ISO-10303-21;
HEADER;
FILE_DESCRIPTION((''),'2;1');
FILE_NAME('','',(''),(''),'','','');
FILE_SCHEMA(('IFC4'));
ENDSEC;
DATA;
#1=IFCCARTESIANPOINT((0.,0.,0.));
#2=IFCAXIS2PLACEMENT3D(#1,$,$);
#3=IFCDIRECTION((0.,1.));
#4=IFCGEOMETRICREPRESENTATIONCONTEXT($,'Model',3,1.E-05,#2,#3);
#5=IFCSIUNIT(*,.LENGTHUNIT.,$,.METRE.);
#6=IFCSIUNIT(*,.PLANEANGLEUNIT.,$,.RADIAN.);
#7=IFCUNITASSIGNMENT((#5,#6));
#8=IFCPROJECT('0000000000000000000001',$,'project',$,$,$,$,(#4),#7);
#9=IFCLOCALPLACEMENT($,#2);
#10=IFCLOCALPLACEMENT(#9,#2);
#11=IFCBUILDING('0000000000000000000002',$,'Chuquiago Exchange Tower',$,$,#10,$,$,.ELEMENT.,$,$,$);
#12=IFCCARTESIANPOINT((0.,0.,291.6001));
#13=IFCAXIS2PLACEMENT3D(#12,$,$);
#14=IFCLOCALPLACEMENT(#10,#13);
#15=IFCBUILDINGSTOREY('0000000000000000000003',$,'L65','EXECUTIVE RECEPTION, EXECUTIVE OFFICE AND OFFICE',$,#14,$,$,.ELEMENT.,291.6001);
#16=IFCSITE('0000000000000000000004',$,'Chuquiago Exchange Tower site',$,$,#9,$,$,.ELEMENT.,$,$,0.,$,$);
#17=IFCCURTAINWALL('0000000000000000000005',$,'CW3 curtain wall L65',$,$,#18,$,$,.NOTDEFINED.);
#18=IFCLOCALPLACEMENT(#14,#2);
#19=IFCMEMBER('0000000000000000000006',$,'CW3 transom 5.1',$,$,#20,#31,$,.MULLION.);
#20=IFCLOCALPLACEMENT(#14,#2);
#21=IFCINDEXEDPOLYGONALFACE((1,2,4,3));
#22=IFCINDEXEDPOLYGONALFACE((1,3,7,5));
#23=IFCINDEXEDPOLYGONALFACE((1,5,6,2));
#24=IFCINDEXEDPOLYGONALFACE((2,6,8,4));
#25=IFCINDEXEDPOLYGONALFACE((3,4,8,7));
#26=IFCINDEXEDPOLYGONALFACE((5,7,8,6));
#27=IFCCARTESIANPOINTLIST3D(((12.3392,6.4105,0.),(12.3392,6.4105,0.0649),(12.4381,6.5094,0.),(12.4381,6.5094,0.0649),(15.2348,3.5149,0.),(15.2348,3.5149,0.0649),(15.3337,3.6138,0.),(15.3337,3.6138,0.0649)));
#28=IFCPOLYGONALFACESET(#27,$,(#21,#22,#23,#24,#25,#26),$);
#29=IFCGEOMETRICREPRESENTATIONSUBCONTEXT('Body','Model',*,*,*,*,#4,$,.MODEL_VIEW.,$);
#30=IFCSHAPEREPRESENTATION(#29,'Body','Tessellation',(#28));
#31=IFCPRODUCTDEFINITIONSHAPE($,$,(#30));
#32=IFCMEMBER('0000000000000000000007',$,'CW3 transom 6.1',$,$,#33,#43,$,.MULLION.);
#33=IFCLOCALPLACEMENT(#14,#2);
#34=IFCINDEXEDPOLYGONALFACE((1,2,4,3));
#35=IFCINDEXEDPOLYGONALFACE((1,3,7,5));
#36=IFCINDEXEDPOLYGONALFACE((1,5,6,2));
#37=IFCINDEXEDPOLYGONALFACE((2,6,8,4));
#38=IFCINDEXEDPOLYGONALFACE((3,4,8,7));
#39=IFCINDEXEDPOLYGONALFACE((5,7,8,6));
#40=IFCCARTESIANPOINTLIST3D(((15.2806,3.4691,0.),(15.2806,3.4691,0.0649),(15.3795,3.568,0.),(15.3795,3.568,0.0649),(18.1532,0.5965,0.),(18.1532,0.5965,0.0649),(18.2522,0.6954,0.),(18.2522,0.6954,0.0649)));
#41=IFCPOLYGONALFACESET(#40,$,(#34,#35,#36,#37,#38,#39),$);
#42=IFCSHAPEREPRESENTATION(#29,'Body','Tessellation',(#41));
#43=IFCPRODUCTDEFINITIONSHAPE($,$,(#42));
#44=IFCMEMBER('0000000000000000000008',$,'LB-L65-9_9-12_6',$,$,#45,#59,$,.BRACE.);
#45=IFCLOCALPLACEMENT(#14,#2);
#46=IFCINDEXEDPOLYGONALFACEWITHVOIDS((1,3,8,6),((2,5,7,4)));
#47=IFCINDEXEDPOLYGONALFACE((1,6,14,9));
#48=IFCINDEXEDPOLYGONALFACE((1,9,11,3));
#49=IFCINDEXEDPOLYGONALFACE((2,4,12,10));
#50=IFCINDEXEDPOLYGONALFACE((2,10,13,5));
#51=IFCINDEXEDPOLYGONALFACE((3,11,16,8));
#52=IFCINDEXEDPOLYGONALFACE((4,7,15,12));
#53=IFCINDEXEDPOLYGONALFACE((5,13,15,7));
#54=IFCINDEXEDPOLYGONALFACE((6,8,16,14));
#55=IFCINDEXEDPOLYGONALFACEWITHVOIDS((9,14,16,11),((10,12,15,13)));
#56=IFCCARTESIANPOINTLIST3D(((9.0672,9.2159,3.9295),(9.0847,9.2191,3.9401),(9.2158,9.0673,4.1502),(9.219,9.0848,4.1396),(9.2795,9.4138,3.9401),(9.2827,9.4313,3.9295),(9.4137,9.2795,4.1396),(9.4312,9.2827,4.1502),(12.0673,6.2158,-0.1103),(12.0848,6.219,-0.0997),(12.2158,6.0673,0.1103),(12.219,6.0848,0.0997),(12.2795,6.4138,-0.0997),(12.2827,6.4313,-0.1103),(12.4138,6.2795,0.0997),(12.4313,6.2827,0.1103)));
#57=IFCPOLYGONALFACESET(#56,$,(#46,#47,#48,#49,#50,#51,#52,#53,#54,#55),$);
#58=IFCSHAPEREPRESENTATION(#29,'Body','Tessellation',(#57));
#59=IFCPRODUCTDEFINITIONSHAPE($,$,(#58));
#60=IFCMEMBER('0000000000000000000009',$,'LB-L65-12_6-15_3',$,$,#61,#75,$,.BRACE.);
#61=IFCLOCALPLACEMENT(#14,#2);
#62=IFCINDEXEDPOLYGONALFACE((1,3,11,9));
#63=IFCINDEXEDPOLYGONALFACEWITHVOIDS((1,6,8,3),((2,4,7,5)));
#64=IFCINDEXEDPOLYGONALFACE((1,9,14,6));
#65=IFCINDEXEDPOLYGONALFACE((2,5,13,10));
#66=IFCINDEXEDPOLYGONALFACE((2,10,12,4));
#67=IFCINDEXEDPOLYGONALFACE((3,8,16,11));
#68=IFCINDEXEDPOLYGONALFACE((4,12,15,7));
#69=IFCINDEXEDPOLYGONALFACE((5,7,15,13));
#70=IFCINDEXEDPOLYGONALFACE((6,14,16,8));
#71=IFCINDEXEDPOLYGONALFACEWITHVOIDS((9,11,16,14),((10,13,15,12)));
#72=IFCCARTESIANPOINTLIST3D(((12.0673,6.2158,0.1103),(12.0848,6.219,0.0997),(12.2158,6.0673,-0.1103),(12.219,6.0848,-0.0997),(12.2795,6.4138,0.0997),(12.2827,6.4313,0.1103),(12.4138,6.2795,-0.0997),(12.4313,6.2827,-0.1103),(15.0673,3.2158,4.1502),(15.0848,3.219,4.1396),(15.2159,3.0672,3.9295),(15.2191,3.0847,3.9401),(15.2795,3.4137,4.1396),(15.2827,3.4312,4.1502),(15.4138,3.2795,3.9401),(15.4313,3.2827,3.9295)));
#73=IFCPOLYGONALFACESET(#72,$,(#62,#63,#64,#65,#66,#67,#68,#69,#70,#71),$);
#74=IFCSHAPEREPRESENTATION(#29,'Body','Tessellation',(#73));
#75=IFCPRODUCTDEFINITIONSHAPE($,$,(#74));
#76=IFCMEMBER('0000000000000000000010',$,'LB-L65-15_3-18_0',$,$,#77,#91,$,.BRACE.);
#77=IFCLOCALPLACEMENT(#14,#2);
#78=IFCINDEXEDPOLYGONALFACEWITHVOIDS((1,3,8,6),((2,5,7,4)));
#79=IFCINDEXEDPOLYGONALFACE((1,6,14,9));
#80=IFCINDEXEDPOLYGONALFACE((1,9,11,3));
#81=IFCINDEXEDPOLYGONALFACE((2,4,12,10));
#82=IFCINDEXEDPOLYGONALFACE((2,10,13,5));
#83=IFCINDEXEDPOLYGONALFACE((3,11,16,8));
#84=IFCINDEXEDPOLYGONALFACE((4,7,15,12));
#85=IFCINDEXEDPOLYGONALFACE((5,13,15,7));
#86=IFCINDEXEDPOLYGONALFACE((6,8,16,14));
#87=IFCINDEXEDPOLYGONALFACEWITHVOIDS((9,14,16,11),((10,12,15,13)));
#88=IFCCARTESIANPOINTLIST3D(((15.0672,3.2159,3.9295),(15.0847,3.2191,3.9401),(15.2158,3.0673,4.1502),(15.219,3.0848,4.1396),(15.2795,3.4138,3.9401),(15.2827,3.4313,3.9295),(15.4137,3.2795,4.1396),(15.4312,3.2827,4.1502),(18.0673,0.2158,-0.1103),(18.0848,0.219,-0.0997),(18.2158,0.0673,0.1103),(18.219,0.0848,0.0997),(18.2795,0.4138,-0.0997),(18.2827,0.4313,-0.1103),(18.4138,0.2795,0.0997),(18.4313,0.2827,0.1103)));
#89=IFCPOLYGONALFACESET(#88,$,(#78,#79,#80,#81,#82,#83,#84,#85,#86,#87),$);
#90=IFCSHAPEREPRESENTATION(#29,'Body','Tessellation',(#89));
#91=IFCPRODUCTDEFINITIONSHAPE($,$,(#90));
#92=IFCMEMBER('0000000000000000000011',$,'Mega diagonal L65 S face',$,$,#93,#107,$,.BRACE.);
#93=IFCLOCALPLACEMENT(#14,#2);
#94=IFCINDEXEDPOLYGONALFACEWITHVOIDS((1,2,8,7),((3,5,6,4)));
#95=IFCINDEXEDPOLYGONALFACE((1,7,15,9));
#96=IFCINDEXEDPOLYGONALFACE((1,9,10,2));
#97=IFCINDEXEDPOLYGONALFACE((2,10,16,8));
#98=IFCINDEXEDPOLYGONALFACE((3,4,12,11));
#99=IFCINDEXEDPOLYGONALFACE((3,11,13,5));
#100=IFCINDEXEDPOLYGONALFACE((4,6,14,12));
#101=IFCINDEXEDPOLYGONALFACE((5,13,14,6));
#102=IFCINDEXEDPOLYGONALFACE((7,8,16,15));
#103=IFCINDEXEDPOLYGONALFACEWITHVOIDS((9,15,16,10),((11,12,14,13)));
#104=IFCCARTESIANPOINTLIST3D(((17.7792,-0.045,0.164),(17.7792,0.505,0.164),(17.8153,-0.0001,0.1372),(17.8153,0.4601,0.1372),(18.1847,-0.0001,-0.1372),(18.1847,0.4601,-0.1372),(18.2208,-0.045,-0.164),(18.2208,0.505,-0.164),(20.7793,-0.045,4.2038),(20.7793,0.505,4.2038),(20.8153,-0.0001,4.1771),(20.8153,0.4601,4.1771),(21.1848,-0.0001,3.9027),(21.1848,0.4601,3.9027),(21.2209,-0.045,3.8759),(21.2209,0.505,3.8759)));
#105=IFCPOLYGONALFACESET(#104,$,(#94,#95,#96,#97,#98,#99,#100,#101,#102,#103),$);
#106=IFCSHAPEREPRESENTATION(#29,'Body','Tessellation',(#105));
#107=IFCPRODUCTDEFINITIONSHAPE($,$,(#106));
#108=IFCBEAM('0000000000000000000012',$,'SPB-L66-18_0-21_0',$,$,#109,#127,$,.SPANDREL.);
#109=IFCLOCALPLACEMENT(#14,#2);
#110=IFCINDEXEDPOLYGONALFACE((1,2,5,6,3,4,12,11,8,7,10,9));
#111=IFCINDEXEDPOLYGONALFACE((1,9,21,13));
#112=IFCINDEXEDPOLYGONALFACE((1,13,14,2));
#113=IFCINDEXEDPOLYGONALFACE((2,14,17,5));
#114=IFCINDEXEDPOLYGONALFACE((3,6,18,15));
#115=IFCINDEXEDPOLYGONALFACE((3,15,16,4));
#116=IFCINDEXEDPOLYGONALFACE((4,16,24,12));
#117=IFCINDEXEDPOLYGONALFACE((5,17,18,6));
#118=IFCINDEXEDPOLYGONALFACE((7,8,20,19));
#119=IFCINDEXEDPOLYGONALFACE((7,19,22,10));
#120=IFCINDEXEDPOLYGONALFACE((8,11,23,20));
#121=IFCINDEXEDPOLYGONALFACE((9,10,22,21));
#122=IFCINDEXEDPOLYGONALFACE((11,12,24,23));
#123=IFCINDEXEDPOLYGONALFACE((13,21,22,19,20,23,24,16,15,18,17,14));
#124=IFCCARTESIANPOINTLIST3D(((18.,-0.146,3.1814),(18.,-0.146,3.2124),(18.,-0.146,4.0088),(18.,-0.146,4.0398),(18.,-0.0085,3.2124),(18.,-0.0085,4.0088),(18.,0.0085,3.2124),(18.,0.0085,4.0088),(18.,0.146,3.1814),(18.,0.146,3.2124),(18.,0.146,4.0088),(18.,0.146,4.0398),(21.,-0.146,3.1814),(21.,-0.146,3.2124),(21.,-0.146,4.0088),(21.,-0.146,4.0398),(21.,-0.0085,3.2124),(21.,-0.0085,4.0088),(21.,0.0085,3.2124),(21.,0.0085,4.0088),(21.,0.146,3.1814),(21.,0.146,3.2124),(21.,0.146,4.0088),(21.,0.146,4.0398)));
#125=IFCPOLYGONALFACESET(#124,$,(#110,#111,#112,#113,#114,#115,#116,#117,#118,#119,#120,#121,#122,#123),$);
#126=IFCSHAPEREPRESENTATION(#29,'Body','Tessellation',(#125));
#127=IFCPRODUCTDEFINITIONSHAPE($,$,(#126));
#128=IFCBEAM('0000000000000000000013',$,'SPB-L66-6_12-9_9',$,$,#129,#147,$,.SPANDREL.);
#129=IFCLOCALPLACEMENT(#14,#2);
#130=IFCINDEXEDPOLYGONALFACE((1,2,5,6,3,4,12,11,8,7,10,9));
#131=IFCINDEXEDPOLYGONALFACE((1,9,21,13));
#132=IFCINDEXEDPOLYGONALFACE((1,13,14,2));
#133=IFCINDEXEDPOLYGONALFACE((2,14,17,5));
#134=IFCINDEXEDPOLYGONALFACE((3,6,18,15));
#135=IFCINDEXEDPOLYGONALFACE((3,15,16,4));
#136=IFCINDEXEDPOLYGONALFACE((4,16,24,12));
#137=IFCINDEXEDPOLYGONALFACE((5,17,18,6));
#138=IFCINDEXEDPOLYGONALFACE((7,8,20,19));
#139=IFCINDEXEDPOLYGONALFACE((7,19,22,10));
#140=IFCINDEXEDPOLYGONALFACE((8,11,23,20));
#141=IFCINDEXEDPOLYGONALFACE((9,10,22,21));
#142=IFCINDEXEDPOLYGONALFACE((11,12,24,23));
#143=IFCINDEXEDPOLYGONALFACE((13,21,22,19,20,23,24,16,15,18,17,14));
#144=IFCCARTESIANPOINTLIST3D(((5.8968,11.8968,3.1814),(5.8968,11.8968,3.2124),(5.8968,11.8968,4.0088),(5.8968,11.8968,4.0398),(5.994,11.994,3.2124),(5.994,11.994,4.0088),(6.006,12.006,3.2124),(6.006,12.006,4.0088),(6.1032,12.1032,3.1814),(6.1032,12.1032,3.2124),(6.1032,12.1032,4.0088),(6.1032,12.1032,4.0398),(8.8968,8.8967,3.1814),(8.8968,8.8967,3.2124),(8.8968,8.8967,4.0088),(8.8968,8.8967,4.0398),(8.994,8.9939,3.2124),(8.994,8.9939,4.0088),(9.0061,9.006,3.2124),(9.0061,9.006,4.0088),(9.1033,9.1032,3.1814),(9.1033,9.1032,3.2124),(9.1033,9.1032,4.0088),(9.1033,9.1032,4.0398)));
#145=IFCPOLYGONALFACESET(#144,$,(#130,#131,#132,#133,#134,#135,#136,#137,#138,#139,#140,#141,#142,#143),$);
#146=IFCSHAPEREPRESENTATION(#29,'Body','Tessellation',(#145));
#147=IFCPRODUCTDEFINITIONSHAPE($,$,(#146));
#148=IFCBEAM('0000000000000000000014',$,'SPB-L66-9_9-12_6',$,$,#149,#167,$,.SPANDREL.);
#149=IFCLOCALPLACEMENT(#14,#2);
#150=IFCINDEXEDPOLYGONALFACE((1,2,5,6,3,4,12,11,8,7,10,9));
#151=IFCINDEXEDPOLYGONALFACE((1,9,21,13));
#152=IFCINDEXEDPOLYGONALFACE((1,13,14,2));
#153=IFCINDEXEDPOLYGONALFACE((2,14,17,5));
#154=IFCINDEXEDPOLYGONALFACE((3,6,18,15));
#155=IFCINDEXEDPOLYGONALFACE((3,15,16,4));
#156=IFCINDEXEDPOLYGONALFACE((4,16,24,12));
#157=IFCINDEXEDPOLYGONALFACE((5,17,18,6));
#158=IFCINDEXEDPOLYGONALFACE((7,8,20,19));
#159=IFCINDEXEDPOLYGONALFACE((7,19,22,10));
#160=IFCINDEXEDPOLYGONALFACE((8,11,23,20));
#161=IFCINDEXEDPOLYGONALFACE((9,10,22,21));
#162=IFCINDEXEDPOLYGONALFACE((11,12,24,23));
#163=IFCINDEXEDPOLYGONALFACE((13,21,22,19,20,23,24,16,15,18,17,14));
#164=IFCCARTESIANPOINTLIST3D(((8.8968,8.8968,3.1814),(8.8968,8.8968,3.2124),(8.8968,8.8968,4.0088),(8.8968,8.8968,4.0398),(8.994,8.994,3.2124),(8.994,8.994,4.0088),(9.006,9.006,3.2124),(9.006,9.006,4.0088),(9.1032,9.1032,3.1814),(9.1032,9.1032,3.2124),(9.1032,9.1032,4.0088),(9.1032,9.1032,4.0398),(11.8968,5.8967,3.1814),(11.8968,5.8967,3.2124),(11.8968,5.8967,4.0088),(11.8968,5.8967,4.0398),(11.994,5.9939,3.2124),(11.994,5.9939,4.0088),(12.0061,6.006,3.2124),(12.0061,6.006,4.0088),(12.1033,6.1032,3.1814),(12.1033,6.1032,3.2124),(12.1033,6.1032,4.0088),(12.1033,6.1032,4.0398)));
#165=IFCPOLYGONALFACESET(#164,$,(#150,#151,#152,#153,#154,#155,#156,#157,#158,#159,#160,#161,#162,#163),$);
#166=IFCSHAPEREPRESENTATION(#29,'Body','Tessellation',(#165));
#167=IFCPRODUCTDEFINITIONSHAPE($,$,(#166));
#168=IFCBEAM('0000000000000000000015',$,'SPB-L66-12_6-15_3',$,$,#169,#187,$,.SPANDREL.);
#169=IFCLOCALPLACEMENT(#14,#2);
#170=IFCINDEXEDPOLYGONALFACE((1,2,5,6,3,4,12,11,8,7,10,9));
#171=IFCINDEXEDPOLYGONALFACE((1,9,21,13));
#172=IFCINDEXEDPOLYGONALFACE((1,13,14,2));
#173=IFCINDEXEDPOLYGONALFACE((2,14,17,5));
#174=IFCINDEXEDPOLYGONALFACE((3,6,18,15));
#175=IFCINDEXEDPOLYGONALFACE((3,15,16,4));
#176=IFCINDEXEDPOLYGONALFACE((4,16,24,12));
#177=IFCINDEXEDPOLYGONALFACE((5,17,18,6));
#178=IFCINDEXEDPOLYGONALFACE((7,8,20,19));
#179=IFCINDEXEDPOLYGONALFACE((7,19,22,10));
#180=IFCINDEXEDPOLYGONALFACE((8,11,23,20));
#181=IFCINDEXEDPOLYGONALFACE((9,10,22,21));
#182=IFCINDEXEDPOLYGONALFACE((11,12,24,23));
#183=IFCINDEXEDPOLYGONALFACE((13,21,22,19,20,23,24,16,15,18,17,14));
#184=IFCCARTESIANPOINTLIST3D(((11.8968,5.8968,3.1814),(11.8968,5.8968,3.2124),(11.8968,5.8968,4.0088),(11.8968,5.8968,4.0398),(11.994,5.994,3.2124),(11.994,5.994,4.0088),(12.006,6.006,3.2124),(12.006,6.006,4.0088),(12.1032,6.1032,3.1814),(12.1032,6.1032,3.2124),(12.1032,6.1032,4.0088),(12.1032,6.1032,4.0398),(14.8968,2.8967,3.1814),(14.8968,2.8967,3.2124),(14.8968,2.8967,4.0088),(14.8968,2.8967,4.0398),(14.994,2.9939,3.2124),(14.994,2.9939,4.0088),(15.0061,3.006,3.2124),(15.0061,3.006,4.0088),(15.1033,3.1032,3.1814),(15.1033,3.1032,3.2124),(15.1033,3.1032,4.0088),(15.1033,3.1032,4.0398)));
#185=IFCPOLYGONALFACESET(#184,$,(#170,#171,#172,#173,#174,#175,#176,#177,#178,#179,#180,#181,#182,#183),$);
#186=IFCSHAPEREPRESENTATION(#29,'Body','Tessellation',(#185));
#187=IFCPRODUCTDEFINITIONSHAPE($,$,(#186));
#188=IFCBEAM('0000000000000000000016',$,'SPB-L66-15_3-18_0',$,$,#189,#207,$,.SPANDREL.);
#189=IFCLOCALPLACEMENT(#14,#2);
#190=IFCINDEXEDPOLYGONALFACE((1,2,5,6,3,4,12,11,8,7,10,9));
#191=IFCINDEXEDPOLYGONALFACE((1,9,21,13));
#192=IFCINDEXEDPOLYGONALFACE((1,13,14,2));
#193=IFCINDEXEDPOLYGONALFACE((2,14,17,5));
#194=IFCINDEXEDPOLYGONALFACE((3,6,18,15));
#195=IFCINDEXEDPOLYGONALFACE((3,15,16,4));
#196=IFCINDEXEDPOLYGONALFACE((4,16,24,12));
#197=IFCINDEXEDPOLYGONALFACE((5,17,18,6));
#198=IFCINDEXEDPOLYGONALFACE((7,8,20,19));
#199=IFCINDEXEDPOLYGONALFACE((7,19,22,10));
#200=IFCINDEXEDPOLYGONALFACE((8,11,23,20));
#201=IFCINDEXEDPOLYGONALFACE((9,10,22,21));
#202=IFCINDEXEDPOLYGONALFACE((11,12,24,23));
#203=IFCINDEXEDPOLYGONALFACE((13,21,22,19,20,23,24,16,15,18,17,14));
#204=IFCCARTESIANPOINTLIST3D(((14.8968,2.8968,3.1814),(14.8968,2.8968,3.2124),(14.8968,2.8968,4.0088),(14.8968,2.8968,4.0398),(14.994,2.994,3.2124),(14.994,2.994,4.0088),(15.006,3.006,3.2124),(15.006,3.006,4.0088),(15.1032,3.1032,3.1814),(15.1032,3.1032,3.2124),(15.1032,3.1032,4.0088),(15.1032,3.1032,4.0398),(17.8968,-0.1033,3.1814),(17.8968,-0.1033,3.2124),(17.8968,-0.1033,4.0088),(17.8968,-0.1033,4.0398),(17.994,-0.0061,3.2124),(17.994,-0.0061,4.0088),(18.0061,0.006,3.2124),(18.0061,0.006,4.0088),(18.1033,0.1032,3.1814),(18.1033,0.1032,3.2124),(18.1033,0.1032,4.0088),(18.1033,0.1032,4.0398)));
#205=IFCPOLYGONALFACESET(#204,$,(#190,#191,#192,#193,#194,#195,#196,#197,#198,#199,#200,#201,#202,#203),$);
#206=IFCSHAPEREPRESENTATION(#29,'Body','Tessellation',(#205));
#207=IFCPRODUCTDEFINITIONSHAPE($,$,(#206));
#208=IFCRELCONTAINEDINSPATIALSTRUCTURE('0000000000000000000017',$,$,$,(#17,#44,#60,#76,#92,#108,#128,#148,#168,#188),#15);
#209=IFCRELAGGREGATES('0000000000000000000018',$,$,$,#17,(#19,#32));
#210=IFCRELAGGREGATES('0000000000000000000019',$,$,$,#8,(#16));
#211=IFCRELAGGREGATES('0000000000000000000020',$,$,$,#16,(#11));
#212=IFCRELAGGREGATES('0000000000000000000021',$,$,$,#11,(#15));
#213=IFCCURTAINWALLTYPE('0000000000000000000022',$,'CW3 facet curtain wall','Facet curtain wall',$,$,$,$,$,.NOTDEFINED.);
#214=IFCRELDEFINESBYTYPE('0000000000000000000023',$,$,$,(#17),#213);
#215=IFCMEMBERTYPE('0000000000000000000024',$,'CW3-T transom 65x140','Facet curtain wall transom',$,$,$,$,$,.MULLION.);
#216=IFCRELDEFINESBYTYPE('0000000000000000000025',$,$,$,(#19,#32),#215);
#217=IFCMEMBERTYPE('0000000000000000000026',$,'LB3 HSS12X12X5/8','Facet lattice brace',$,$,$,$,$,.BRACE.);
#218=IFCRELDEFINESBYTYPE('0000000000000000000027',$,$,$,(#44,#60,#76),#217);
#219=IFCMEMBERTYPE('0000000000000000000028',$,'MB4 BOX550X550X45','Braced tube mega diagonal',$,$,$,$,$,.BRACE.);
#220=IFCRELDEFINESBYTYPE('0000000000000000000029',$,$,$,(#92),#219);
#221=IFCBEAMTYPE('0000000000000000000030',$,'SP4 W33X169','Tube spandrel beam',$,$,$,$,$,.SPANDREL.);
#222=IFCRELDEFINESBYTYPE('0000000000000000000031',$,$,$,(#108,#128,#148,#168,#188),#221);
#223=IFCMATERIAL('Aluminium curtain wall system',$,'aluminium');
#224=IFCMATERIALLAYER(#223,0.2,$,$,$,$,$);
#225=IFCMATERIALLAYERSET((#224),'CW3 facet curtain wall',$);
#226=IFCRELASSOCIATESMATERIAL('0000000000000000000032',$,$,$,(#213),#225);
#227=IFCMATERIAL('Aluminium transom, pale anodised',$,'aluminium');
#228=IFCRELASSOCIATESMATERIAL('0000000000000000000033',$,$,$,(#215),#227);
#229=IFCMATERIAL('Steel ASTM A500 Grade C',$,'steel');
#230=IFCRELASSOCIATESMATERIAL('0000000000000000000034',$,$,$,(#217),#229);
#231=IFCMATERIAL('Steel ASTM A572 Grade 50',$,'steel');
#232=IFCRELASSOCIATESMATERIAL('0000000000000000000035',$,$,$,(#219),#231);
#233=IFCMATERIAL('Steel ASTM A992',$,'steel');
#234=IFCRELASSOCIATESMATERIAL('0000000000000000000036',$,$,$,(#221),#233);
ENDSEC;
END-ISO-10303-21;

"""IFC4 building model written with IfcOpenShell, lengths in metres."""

from ifc_helpers import new_model, si_unit, direction, frame, origin, origin_2d, place, context, subcontext, project, spatial, rectangle, hollow_rectangle, i_section, extrude, material, layer, layer_set, material_profile, profile_set, type_object, element, aggregate, save


model = new_model("IFC4")

# Units and contexts
model_context = context("Model", 3, precision=1e-05, world=origin(), true_north=direction((0.0, 1.0)))
body_context = subcontext(model_context, "Body", "Model", "MODEL_VIEW")
ifc_project = project(units=[si_unit("LENGTHUNIT", "METRE"), si_unit("PLANEANGLEUNIT", "RADIAN")], contexts=[model_context])

# Site, building, storey
site_placement = place(None, origin())
site = spatial("IfcSite", under=ifc_project, at=site_placement, Name="Chuquiago Exchange Tower site", CompositionType="ELEMENT", RefElevation=0.0)
building_placement = place(site_placement, origin())
building = spatial("IfcBuilding", under=site, at=building_placement, Name="Chuquiago Exchange Tower", CompositionType="ELEMENT")
storey_placement = place(building_placement, frame((0.0, 0.0, 291.6001)))
storey = spatial("IfcBuildingStorey", under=building, at=storey_placement, Name="L65", Description="EXECUTIVE RECEPTION, EXECUTIVE OFFICE AND OFFICE", CompositionType="ELEMENT", Elevation=291.6001)

# Curtain wall, members
ifc_material_1 = material(Name="Aluminium curtain wall system", Category="aluminium")
ifc_layer_1 = layer(ifc_material_1, 0.2)
ifc_layer_set_1 = layer_set([ifc_layer_1], Name="CW3 facet curtain wall")
curtain_wall_type = type_object("IfcCurtainWallType", Name="CW3 facet curtain wall", Description="Facet curtain wall", PredefinedType="NOTDEFINED", material=ifc_layer_set_1)
curtain_wall_placement = place(storey_placement, origin())
curtain_wall = element("IfcCurtainWall", 1, at=curtain_wall_placement, inside=storey, type_object=curtain_wall_type, Name="CW3 curtain wall L65", PredefinedType="NOTDEFINED")
ifc_material_2 = material(Name="Aluminium transom, pale anodised", Category="aluminium")
ifc_material_profile_1 = material_profile(ifc_material_2, rectangle(XDim=0.1399, YDim=0.0649, at=origin_2d()), Name="AL 140x65")
ifc_profile_set_1 = profile_set([ifc_material_profile_1], Name="Aluminium transom, pale anodised")
member_type_1 = type_object("IfcMemberType", Name="CW3-T transom 65x140", Description="Facet curtain wall transom", PredefinedType="MULLION", material=ifc_profile_set_1)
member_1_placement = place(storey_placement, frame((12.3887, 6.46, 0.0325), z_axis=(0.707107, -0.707107, 0.0), x_axis=(0.707107, 0.707107, 0.0)))
member_1 = element("IfcMember", 2, at=member_1_placement, type_object=member_type_1, Name="CW3 transom 5.1", PredefinedType="MULLION", context=body_context, shape_type="SweptSolid", body=[
    extrude(rectangle(XDim=0.1399, YDim=0.0649, at=origin_2d()), origin(), (0.0, 0.0, 1.0), 4.095),
])
member_2_placement = place(storey_placement, frame((15.3301, 3.5186, 0.0325), z_axis=(0.707107, -0.707107, 0.0), x_axis=(0.707107, 0.707107, 0.0)))
member_2 = element("IfcMember", 3, at=member_2_placement, type_object=member_type_1, Name="CW3 transom 6.1", PredefinedType="MULLION", context=body_context, shape_type="SweptSolid", body=[
    extrude(rectangle(XDim=0.1399, YDim=0.0649, at=origin_2d()), origin(), (0.0, 0.0, 1.0), 4.0625),
])

# Members
ifc_material_3 = material(Name="Steel ASTM A500 Grade C", Category="steel")
ifc_material_profile_2 = material_profile(ifc_material_3, hollow_rectangle(XDim=0.3047, YDim=0.3047, WallThickness=0.0146, at=origin_2d()), Name="HSS12X12X5/8")
ifc_profile_set_2 = profile_set([ifc_material_profile_2], Name="Steel ASTM A500 Grade C")
member_type_2 = type_object("IfcMemberType", Name="LB3 HSS12X12X5/8", Description="Facet lattice brace", PredefinedType="BRACE", material=ifc_profile_set_2)
for number, where, z_axis, x_axis, name in (
    (4, (12.2493, 6.2493, 0.0), (-0.512092, 0.512092, 0.689582), (-0.707107, -0.707107, 0.0), "LB-L65-9_9-12_6"),
    (5, (12.2493, 6.2493, 0.0), (0.512092, -0.512092, 0.689582), (0.707107, 0.707107, 0.0), "LB-L65-12_6-15_3"),
    (6, (18.2493, 0.2493, 0.0), (-0.512092, 0.512092, 0.689582), (-0.707107, -0.707107, 0.0), "LB-L65-15_3-18_0"),
):
    element("IfcMember", number, at=place(storey_placement, frame(where, z_axis=z_axis, x_axis=x_axis)), inside=storey, type_object=member_type_2, Name=name, PredefinedType="BRACE", context=body_context, shape_type="SweptSolid", body=[
        extrude(hollow_rectangle(XDim=0.3047, YDim=0.3047, WallThickness=0.0146, at=origin_2d()), origin(), (0.0, 0.0, 1.0), 5.8584),
    ])
ifc_material_4 = material(Name="Steel ASTM A572 Grade 50", Category="steel")
ifc_material_profile_3 = material_profile(ifc_material_4, hollow_rectangle(XDim=0.55, YDim=0.55, WallThickness=0.0449, at=origin_2d()), Name="BOX550X550X45")
ifc_profile_set_3 = profile_set([ifc_material_profile_3], Name="Steel ASTM A572 Grade 50")
member_type_3 = type_object("IfcMemberType", Name="MB4 BOX550X550X45", Description="Braced tube mega diagonal", PredefinedType="BRACE", material=ifc_profile_set_3)
member_3_placement = place(storey_placement, frame((18.0, 0.23, 0.0), z_axis=(0.596197, 0.0, 0.802838), x_axis=(0.0, 1.0, 0.0)))
element("IfcMember", 7, at=member_3_placement, inside=storey, type_object=member_type_3, Name="Mega diagonal L65 S face", PredefinedType="BRACE", context=body_context, shape_type="SweptSolid", body=[
    extrude(hollow_rectangle(XDim=0.55, YDim=0.55, WallThickness=0.0449, at=origin_2d()), origin(), (0.0, 0.0, 1.0), 5.032),
])

# Beams
ifc_material_5 = material(Name="Steel ASTM A992", Category="steel")
ifc_material_profile_4 = material_profile(ifc_material_5, i_section(OverallWidth=0.292, OverallDepth=0.8584, WebThickness=0.0171, FlangeThickness=0.031, at=origin_2d()), Name="W33X169")
ifc_profile_set_4 = profile_set([ifc_material_profile_4], Name="Steel ASTM A992")
beam_type_1 = type_object("IfcBeamType", Name="SP4 W33X169", Description="Tube spandrel beam", PredefinedType="SPANDREL", material=ifc_profile_set_4)
beam_1_placement = place(storey_placement, frame((18.0, 0.0, 3.6106), z_axis=(1.0, 0.0, 0.0), x_axis=(0.0, 1.0, 0.0)))
element("IfcBeam", 8, at=beam_1_placement, inside=storey, type_object=beam_type_1, Name="SPB-L66-18_0-21_0", PredefinedType="SPANDREL", context=body_context, shape_type="SweptSolid", body=[
    extrude(i_section(OverallWidth=0.292, OverallDepth=0.8584, WebThickness=0.0171, FlangeThickness=0.031, at=origin_2d()), origin(), (0.0, 0.0, 1.0), 3.0),
])
for number, where, z_axis, x_axis, name in (
    (9, (6.0, 12.0, 3.6106), (0.707107, -0.707107, 0.0), (0.707107, 0.707107, 0.0), "SPB-L66-6_12-9_9"),
    (10, (9.0, 9.0, 3.6106), (0.707107, -0.707107, 0.0), (0.707107, 0.707107, 0.0), "SPB-L66-9_9-12_6"),
    (11, (12.0, 6.0, 3.6106), (0.707107, -0.707107, 0.0), (0.707107, 0.707107, 0.0), "SPB-L66-12_6-15_3"),
    (12, (15.0, 3.0, 3.6106), (0.707107, -0.707107, 0.0), (0.707107, 0.707107, 0.0), "SPB-L66-15_3-18_0"),
):
    element("IfcBeam", number, at=place(storey_placement, frame(where, z_axis=z_axis, x_axis=x_axis)), inside=storey, type_object=beam_type_1, Name=name, PredefinedType="SPANDREL", context=body_context, shape_type="SweptSolid", body=[
        extrude(i_section(OverallWidth=0.292, OverallDepth=0.8584, WebThickness=0.0171, FlangeThickness=0.031, at=origin_2d()), origin(), (0.0, 0.0, 1.0), 4.2427),
    ])

aggregate(curtain_wall, [member_1, member_2])

save(model, "model.ifc")
